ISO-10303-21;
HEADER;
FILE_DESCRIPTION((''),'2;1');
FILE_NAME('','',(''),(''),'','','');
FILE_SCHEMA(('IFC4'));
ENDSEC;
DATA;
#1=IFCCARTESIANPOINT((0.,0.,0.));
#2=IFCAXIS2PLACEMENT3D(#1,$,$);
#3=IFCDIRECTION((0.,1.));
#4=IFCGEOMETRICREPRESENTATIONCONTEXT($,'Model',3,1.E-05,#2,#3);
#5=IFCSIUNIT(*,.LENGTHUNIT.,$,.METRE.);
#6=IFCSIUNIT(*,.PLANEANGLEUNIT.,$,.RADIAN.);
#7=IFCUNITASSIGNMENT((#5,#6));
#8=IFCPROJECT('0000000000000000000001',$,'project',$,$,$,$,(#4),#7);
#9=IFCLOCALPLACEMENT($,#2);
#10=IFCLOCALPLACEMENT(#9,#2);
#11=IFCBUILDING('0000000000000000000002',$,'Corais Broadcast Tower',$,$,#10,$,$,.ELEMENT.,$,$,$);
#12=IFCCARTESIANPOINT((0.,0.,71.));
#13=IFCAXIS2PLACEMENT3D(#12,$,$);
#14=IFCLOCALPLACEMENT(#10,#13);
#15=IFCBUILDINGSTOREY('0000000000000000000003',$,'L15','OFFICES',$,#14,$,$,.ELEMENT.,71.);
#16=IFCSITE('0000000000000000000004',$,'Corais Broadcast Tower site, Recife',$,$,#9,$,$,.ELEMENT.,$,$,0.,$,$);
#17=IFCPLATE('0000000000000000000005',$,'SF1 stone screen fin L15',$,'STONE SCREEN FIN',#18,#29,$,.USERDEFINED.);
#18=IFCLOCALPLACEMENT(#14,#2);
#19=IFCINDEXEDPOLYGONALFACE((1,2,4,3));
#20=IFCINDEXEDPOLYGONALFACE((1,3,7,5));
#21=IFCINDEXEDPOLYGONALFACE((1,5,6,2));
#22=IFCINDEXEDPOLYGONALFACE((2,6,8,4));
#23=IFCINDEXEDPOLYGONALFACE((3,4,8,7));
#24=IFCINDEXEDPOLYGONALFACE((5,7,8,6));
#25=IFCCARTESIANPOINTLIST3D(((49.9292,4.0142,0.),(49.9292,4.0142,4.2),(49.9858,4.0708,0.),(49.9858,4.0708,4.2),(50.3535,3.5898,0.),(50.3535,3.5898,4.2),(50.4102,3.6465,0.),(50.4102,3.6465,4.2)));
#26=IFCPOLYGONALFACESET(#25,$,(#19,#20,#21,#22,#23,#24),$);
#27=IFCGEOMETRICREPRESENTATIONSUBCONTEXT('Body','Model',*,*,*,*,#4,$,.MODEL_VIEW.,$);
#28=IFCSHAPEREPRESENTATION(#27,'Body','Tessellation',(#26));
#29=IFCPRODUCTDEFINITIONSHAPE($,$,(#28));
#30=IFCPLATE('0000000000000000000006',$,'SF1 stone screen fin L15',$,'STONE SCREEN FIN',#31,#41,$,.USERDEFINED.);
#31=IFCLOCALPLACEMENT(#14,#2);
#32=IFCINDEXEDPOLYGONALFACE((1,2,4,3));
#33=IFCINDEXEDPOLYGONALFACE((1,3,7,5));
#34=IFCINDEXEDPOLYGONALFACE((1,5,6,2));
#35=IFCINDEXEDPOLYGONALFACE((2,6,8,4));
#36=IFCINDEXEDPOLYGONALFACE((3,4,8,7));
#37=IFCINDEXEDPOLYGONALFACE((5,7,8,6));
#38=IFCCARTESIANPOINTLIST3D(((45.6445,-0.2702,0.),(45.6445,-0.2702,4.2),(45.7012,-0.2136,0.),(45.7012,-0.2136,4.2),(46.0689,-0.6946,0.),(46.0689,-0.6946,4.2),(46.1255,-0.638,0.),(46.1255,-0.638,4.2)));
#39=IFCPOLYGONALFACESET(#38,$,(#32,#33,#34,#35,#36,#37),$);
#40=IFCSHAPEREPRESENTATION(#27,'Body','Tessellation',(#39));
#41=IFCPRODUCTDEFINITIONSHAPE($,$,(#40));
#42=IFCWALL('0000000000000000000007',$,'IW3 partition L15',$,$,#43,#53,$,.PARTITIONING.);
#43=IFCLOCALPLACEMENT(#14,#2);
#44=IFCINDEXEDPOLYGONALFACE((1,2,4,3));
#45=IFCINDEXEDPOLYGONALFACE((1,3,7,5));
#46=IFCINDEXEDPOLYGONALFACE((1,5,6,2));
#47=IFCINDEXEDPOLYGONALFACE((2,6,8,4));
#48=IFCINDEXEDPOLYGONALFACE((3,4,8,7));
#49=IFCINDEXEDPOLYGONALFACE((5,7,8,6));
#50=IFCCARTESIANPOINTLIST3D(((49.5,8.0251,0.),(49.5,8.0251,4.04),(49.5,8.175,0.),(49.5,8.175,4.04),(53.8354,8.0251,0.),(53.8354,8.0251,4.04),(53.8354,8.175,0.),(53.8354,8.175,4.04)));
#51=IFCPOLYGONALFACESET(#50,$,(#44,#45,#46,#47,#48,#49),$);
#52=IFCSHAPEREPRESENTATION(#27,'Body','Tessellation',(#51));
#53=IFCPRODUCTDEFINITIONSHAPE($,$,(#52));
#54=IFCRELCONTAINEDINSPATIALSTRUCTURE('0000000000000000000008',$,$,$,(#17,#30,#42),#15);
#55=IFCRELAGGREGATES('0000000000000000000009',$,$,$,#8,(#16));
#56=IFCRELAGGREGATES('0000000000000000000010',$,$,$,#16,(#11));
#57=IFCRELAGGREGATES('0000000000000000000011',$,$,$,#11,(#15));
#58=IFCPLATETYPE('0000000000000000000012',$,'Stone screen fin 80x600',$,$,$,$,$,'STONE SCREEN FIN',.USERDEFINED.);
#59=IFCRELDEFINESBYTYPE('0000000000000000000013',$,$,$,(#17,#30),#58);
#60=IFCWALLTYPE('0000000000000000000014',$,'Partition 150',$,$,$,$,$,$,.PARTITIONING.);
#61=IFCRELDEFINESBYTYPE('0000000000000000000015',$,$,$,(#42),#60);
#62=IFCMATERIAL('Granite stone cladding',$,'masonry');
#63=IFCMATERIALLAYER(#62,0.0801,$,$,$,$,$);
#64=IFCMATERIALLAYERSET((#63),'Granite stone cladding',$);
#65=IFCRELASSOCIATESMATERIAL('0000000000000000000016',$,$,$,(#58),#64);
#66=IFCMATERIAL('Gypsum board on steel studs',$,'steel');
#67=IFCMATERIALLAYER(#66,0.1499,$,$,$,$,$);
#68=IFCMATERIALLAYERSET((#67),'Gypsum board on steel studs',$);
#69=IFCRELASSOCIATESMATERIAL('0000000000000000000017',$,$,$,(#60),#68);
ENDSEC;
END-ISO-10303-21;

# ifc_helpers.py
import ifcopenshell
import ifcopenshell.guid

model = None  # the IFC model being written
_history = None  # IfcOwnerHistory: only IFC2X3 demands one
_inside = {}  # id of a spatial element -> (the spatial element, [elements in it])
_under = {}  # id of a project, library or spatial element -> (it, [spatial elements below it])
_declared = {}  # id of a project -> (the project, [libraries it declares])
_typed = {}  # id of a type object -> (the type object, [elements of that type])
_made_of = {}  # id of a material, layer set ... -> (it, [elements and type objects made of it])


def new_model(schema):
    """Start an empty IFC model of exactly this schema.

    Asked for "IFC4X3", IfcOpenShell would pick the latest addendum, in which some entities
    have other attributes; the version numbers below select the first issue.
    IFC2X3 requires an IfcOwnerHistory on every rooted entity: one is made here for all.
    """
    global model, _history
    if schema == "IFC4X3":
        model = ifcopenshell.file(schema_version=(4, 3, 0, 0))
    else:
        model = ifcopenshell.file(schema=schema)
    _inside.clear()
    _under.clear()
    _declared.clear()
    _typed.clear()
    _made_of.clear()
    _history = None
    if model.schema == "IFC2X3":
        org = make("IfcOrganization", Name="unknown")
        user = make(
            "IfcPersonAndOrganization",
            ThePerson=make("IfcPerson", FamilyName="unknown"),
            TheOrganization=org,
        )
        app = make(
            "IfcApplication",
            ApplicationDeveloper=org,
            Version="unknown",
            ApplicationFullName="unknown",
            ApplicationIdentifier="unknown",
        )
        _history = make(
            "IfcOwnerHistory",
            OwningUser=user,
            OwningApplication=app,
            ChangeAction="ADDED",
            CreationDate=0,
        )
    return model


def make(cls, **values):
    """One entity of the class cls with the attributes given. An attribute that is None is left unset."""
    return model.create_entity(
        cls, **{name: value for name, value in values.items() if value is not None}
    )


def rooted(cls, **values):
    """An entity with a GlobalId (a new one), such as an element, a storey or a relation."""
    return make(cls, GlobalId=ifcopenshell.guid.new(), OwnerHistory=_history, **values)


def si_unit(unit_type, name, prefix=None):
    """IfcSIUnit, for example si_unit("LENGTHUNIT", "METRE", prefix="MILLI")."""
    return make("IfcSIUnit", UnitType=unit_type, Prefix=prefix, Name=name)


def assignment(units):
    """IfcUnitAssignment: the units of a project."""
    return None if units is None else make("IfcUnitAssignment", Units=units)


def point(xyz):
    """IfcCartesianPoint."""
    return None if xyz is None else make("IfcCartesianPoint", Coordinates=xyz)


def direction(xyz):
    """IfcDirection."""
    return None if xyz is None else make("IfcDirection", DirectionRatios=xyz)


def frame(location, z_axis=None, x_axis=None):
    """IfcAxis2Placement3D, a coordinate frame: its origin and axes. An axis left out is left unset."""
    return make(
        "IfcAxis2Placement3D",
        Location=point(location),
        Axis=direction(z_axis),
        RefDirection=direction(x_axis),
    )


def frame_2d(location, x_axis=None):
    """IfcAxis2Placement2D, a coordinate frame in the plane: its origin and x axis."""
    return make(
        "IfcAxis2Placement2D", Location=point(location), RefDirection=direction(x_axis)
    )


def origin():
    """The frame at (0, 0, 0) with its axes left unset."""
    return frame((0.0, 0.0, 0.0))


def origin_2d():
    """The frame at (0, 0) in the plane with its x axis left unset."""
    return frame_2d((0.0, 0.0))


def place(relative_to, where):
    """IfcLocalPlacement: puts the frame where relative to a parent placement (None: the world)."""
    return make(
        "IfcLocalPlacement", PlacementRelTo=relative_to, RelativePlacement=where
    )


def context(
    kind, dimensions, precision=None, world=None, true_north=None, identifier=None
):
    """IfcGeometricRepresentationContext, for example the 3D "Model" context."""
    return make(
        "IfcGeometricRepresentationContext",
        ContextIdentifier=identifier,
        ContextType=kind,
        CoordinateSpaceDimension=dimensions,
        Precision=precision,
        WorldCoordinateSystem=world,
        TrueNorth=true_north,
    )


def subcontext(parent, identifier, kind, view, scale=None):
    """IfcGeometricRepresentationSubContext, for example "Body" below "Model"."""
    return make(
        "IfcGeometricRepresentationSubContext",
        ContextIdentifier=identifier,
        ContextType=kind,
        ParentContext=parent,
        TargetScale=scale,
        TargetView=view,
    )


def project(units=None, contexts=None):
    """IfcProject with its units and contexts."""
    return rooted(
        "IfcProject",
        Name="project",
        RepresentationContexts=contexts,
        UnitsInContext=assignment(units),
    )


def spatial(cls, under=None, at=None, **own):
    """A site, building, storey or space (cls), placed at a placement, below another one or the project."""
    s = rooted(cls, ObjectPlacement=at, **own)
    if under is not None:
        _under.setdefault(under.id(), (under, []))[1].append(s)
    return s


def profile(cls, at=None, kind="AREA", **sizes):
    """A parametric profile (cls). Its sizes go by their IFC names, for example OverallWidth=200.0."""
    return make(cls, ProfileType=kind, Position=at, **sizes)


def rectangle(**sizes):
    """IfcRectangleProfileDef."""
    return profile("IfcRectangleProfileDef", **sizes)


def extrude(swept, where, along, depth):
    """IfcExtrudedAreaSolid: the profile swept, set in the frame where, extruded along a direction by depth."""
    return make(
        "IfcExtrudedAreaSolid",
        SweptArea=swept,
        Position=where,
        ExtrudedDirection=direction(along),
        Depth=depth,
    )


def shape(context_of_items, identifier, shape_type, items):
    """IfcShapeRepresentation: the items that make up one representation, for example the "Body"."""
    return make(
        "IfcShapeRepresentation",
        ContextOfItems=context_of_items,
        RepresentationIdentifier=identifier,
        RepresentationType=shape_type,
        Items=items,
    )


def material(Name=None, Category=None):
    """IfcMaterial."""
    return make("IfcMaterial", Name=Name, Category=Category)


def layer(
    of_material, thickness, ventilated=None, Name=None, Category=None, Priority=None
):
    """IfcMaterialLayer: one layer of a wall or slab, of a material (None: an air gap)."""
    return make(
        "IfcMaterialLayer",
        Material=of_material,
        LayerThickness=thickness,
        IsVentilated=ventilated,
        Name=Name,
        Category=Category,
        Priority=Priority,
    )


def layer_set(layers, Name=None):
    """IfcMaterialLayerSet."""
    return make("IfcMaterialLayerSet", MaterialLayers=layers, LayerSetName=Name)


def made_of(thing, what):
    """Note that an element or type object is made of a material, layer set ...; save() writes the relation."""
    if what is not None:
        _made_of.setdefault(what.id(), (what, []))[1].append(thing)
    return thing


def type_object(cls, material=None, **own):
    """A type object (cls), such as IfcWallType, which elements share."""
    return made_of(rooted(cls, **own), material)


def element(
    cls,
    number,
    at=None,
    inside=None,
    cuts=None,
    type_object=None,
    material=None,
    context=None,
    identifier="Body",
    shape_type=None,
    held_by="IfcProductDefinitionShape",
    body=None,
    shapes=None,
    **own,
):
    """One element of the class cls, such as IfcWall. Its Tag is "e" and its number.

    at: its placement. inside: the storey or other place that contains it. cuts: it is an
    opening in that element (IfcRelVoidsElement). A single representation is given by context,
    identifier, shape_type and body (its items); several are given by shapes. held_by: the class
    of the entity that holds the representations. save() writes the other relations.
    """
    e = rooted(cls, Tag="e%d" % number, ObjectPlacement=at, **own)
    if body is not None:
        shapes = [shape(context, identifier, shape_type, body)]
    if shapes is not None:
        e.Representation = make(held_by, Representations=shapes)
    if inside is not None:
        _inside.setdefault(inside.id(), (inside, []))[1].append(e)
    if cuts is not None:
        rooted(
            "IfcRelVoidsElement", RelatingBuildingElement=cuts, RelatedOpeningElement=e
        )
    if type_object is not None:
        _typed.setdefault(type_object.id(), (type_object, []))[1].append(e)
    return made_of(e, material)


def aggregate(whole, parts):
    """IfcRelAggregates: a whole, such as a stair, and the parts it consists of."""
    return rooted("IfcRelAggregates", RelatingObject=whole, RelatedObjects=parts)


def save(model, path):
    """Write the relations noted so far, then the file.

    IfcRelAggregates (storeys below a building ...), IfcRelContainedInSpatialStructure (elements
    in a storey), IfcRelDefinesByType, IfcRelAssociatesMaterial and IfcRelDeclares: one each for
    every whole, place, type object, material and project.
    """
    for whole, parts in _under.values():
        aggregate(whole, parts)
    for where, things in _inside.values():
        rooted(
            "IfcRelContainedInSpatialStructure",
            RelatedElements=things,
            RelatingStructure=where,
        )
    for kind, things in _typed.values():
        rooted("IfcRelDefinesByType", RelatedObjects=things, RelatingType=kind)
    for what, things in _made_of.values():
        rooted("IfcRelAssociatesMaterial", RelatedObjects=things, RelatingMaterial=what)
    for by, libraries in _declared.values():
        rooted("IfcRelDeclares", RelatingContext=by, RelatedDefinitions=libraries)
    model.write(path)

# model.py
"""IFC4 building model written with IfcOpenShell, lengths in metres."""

from ifc_helpers import new_model, si_unit, direction, frame, frame_2d, origin, origin_2d, place, context, subcontext, project, spatial, rectangle, extrude, material, layer, layer_set, type_object, element, save


model = new_model("IFC4")

# Units and contexts
model_context = context("Model", 3, precision=1e-05, world=origin(), true_north=direction((0.0, 1.0)))
body_context = subcontext(model_context, "Body", "Model", "MODEL_VIEW")
ifc_project = project(units=[si_unit("LENGTHUNIT", "METRE"), si_unit("PLANEANGLEUNIT", "RADIAN")], contexts=[model_context])

# Site, building, storey
site_placement = place(None, origin())
site = spatial("IfcSite", under=ifc_project, at=site_placement, Name="Corais Broadcast Tower site, Recife", CompositionType="ELEMENT", RefElevation=0.0)
building_placement = place(site_placement, origin())
building = spatial("IfcBuilding", under=site, at=building_placement, Name="Corais Broadcast Tower", CompositionType="ELEMENT")
storey_placement = place(building_placement, frame((0.0, 0.0, 71.0)))
storey = spatial("IfcBuildingStorey", under=building, at=storey_placement, Name="L15", Description="OFFICES", CompositionType="ELEMENT", Elevation=71.0)

# Plates
ifc_material_1 = material(Name="Granite stone cladding", Category="masonry")
ifc_layer_1 = layer(ifc_material_1, 0.0801)
ifc_layer_set_1 = layer_set([ifc_layer_1], Name="Granite stone cladding")
plate_type_1 = type_object("IfcPlateType", Name="Stone screen fin 80x600", ElementType="STONE SCREEN FIN", PredefinedType="USERDEFINED", material=ifc_layer_set_1)
for number, where, z_axis, x_axis, name in (
    (1, (50.1697, 3.8303, 0.0), (0.0, 0.0, 1.0), (-0.707107, -0.707107, 0.0), "SF1 stone screen fin L15"),
    (2, (45.885, -0.4541, 0.0), (0.0, 0.0, 1.0), (-0.707107, -0.707107, 0.0), "SF1 stone screen fin L15"),
):
    element("IfcPlate", number, at=place(storey_placement, frame(where, z_axis=z_axis, x_axis=x_axis)), inside=storey, type_object=plate_type_1, Name=name, ObjectType="STONE SCREEN FIN", PredefinedType="USERDEFINED", context=body_context, shape_type="SweptSolid", body=[
        extrude(rectangle(XDim=0.0801, YDim=0.6001, at=origin_2d()), origin(), (0.0, 0.0, 1.0), 4.2),
    ])

# Wall
ifc_material_2 = material(Name="Gypsum board on steel studs", Category="steel")
ifc_layer_2 = layer(ifc_material_2, 0.1499)
ifc_layer_set_2 = layer_set([ifc_layer_2], Name="Gypsum board on steel studs")
wall_type = type_object("IfcWallType", Name="Partition 150", PredefinedType="PARTITIONING", material=ifc_layer_set_2)
wall_placement = place(storey_placement, frame((49.5, 8.1001, 0.0), z_axis=(0.0, 0.0, 1.0), x_axis=(1.0, 0.0, 0.0)))
element("IfcWall", 3, at=wall_placement, inside=storey, type_object=wall_type, Name="IW3 partition L15", PredefinedType="PARTITIONING", context=body_context, shape_type="SweptSolid", body=[
    extrude(rectangle(XDim=4.3354, YDim=0.1499, at=frame_2d((2.1677, 0.0))), origin(), (0.0, 0.0, 1.0), 4.04),
])

save(model, "model.ifc")
